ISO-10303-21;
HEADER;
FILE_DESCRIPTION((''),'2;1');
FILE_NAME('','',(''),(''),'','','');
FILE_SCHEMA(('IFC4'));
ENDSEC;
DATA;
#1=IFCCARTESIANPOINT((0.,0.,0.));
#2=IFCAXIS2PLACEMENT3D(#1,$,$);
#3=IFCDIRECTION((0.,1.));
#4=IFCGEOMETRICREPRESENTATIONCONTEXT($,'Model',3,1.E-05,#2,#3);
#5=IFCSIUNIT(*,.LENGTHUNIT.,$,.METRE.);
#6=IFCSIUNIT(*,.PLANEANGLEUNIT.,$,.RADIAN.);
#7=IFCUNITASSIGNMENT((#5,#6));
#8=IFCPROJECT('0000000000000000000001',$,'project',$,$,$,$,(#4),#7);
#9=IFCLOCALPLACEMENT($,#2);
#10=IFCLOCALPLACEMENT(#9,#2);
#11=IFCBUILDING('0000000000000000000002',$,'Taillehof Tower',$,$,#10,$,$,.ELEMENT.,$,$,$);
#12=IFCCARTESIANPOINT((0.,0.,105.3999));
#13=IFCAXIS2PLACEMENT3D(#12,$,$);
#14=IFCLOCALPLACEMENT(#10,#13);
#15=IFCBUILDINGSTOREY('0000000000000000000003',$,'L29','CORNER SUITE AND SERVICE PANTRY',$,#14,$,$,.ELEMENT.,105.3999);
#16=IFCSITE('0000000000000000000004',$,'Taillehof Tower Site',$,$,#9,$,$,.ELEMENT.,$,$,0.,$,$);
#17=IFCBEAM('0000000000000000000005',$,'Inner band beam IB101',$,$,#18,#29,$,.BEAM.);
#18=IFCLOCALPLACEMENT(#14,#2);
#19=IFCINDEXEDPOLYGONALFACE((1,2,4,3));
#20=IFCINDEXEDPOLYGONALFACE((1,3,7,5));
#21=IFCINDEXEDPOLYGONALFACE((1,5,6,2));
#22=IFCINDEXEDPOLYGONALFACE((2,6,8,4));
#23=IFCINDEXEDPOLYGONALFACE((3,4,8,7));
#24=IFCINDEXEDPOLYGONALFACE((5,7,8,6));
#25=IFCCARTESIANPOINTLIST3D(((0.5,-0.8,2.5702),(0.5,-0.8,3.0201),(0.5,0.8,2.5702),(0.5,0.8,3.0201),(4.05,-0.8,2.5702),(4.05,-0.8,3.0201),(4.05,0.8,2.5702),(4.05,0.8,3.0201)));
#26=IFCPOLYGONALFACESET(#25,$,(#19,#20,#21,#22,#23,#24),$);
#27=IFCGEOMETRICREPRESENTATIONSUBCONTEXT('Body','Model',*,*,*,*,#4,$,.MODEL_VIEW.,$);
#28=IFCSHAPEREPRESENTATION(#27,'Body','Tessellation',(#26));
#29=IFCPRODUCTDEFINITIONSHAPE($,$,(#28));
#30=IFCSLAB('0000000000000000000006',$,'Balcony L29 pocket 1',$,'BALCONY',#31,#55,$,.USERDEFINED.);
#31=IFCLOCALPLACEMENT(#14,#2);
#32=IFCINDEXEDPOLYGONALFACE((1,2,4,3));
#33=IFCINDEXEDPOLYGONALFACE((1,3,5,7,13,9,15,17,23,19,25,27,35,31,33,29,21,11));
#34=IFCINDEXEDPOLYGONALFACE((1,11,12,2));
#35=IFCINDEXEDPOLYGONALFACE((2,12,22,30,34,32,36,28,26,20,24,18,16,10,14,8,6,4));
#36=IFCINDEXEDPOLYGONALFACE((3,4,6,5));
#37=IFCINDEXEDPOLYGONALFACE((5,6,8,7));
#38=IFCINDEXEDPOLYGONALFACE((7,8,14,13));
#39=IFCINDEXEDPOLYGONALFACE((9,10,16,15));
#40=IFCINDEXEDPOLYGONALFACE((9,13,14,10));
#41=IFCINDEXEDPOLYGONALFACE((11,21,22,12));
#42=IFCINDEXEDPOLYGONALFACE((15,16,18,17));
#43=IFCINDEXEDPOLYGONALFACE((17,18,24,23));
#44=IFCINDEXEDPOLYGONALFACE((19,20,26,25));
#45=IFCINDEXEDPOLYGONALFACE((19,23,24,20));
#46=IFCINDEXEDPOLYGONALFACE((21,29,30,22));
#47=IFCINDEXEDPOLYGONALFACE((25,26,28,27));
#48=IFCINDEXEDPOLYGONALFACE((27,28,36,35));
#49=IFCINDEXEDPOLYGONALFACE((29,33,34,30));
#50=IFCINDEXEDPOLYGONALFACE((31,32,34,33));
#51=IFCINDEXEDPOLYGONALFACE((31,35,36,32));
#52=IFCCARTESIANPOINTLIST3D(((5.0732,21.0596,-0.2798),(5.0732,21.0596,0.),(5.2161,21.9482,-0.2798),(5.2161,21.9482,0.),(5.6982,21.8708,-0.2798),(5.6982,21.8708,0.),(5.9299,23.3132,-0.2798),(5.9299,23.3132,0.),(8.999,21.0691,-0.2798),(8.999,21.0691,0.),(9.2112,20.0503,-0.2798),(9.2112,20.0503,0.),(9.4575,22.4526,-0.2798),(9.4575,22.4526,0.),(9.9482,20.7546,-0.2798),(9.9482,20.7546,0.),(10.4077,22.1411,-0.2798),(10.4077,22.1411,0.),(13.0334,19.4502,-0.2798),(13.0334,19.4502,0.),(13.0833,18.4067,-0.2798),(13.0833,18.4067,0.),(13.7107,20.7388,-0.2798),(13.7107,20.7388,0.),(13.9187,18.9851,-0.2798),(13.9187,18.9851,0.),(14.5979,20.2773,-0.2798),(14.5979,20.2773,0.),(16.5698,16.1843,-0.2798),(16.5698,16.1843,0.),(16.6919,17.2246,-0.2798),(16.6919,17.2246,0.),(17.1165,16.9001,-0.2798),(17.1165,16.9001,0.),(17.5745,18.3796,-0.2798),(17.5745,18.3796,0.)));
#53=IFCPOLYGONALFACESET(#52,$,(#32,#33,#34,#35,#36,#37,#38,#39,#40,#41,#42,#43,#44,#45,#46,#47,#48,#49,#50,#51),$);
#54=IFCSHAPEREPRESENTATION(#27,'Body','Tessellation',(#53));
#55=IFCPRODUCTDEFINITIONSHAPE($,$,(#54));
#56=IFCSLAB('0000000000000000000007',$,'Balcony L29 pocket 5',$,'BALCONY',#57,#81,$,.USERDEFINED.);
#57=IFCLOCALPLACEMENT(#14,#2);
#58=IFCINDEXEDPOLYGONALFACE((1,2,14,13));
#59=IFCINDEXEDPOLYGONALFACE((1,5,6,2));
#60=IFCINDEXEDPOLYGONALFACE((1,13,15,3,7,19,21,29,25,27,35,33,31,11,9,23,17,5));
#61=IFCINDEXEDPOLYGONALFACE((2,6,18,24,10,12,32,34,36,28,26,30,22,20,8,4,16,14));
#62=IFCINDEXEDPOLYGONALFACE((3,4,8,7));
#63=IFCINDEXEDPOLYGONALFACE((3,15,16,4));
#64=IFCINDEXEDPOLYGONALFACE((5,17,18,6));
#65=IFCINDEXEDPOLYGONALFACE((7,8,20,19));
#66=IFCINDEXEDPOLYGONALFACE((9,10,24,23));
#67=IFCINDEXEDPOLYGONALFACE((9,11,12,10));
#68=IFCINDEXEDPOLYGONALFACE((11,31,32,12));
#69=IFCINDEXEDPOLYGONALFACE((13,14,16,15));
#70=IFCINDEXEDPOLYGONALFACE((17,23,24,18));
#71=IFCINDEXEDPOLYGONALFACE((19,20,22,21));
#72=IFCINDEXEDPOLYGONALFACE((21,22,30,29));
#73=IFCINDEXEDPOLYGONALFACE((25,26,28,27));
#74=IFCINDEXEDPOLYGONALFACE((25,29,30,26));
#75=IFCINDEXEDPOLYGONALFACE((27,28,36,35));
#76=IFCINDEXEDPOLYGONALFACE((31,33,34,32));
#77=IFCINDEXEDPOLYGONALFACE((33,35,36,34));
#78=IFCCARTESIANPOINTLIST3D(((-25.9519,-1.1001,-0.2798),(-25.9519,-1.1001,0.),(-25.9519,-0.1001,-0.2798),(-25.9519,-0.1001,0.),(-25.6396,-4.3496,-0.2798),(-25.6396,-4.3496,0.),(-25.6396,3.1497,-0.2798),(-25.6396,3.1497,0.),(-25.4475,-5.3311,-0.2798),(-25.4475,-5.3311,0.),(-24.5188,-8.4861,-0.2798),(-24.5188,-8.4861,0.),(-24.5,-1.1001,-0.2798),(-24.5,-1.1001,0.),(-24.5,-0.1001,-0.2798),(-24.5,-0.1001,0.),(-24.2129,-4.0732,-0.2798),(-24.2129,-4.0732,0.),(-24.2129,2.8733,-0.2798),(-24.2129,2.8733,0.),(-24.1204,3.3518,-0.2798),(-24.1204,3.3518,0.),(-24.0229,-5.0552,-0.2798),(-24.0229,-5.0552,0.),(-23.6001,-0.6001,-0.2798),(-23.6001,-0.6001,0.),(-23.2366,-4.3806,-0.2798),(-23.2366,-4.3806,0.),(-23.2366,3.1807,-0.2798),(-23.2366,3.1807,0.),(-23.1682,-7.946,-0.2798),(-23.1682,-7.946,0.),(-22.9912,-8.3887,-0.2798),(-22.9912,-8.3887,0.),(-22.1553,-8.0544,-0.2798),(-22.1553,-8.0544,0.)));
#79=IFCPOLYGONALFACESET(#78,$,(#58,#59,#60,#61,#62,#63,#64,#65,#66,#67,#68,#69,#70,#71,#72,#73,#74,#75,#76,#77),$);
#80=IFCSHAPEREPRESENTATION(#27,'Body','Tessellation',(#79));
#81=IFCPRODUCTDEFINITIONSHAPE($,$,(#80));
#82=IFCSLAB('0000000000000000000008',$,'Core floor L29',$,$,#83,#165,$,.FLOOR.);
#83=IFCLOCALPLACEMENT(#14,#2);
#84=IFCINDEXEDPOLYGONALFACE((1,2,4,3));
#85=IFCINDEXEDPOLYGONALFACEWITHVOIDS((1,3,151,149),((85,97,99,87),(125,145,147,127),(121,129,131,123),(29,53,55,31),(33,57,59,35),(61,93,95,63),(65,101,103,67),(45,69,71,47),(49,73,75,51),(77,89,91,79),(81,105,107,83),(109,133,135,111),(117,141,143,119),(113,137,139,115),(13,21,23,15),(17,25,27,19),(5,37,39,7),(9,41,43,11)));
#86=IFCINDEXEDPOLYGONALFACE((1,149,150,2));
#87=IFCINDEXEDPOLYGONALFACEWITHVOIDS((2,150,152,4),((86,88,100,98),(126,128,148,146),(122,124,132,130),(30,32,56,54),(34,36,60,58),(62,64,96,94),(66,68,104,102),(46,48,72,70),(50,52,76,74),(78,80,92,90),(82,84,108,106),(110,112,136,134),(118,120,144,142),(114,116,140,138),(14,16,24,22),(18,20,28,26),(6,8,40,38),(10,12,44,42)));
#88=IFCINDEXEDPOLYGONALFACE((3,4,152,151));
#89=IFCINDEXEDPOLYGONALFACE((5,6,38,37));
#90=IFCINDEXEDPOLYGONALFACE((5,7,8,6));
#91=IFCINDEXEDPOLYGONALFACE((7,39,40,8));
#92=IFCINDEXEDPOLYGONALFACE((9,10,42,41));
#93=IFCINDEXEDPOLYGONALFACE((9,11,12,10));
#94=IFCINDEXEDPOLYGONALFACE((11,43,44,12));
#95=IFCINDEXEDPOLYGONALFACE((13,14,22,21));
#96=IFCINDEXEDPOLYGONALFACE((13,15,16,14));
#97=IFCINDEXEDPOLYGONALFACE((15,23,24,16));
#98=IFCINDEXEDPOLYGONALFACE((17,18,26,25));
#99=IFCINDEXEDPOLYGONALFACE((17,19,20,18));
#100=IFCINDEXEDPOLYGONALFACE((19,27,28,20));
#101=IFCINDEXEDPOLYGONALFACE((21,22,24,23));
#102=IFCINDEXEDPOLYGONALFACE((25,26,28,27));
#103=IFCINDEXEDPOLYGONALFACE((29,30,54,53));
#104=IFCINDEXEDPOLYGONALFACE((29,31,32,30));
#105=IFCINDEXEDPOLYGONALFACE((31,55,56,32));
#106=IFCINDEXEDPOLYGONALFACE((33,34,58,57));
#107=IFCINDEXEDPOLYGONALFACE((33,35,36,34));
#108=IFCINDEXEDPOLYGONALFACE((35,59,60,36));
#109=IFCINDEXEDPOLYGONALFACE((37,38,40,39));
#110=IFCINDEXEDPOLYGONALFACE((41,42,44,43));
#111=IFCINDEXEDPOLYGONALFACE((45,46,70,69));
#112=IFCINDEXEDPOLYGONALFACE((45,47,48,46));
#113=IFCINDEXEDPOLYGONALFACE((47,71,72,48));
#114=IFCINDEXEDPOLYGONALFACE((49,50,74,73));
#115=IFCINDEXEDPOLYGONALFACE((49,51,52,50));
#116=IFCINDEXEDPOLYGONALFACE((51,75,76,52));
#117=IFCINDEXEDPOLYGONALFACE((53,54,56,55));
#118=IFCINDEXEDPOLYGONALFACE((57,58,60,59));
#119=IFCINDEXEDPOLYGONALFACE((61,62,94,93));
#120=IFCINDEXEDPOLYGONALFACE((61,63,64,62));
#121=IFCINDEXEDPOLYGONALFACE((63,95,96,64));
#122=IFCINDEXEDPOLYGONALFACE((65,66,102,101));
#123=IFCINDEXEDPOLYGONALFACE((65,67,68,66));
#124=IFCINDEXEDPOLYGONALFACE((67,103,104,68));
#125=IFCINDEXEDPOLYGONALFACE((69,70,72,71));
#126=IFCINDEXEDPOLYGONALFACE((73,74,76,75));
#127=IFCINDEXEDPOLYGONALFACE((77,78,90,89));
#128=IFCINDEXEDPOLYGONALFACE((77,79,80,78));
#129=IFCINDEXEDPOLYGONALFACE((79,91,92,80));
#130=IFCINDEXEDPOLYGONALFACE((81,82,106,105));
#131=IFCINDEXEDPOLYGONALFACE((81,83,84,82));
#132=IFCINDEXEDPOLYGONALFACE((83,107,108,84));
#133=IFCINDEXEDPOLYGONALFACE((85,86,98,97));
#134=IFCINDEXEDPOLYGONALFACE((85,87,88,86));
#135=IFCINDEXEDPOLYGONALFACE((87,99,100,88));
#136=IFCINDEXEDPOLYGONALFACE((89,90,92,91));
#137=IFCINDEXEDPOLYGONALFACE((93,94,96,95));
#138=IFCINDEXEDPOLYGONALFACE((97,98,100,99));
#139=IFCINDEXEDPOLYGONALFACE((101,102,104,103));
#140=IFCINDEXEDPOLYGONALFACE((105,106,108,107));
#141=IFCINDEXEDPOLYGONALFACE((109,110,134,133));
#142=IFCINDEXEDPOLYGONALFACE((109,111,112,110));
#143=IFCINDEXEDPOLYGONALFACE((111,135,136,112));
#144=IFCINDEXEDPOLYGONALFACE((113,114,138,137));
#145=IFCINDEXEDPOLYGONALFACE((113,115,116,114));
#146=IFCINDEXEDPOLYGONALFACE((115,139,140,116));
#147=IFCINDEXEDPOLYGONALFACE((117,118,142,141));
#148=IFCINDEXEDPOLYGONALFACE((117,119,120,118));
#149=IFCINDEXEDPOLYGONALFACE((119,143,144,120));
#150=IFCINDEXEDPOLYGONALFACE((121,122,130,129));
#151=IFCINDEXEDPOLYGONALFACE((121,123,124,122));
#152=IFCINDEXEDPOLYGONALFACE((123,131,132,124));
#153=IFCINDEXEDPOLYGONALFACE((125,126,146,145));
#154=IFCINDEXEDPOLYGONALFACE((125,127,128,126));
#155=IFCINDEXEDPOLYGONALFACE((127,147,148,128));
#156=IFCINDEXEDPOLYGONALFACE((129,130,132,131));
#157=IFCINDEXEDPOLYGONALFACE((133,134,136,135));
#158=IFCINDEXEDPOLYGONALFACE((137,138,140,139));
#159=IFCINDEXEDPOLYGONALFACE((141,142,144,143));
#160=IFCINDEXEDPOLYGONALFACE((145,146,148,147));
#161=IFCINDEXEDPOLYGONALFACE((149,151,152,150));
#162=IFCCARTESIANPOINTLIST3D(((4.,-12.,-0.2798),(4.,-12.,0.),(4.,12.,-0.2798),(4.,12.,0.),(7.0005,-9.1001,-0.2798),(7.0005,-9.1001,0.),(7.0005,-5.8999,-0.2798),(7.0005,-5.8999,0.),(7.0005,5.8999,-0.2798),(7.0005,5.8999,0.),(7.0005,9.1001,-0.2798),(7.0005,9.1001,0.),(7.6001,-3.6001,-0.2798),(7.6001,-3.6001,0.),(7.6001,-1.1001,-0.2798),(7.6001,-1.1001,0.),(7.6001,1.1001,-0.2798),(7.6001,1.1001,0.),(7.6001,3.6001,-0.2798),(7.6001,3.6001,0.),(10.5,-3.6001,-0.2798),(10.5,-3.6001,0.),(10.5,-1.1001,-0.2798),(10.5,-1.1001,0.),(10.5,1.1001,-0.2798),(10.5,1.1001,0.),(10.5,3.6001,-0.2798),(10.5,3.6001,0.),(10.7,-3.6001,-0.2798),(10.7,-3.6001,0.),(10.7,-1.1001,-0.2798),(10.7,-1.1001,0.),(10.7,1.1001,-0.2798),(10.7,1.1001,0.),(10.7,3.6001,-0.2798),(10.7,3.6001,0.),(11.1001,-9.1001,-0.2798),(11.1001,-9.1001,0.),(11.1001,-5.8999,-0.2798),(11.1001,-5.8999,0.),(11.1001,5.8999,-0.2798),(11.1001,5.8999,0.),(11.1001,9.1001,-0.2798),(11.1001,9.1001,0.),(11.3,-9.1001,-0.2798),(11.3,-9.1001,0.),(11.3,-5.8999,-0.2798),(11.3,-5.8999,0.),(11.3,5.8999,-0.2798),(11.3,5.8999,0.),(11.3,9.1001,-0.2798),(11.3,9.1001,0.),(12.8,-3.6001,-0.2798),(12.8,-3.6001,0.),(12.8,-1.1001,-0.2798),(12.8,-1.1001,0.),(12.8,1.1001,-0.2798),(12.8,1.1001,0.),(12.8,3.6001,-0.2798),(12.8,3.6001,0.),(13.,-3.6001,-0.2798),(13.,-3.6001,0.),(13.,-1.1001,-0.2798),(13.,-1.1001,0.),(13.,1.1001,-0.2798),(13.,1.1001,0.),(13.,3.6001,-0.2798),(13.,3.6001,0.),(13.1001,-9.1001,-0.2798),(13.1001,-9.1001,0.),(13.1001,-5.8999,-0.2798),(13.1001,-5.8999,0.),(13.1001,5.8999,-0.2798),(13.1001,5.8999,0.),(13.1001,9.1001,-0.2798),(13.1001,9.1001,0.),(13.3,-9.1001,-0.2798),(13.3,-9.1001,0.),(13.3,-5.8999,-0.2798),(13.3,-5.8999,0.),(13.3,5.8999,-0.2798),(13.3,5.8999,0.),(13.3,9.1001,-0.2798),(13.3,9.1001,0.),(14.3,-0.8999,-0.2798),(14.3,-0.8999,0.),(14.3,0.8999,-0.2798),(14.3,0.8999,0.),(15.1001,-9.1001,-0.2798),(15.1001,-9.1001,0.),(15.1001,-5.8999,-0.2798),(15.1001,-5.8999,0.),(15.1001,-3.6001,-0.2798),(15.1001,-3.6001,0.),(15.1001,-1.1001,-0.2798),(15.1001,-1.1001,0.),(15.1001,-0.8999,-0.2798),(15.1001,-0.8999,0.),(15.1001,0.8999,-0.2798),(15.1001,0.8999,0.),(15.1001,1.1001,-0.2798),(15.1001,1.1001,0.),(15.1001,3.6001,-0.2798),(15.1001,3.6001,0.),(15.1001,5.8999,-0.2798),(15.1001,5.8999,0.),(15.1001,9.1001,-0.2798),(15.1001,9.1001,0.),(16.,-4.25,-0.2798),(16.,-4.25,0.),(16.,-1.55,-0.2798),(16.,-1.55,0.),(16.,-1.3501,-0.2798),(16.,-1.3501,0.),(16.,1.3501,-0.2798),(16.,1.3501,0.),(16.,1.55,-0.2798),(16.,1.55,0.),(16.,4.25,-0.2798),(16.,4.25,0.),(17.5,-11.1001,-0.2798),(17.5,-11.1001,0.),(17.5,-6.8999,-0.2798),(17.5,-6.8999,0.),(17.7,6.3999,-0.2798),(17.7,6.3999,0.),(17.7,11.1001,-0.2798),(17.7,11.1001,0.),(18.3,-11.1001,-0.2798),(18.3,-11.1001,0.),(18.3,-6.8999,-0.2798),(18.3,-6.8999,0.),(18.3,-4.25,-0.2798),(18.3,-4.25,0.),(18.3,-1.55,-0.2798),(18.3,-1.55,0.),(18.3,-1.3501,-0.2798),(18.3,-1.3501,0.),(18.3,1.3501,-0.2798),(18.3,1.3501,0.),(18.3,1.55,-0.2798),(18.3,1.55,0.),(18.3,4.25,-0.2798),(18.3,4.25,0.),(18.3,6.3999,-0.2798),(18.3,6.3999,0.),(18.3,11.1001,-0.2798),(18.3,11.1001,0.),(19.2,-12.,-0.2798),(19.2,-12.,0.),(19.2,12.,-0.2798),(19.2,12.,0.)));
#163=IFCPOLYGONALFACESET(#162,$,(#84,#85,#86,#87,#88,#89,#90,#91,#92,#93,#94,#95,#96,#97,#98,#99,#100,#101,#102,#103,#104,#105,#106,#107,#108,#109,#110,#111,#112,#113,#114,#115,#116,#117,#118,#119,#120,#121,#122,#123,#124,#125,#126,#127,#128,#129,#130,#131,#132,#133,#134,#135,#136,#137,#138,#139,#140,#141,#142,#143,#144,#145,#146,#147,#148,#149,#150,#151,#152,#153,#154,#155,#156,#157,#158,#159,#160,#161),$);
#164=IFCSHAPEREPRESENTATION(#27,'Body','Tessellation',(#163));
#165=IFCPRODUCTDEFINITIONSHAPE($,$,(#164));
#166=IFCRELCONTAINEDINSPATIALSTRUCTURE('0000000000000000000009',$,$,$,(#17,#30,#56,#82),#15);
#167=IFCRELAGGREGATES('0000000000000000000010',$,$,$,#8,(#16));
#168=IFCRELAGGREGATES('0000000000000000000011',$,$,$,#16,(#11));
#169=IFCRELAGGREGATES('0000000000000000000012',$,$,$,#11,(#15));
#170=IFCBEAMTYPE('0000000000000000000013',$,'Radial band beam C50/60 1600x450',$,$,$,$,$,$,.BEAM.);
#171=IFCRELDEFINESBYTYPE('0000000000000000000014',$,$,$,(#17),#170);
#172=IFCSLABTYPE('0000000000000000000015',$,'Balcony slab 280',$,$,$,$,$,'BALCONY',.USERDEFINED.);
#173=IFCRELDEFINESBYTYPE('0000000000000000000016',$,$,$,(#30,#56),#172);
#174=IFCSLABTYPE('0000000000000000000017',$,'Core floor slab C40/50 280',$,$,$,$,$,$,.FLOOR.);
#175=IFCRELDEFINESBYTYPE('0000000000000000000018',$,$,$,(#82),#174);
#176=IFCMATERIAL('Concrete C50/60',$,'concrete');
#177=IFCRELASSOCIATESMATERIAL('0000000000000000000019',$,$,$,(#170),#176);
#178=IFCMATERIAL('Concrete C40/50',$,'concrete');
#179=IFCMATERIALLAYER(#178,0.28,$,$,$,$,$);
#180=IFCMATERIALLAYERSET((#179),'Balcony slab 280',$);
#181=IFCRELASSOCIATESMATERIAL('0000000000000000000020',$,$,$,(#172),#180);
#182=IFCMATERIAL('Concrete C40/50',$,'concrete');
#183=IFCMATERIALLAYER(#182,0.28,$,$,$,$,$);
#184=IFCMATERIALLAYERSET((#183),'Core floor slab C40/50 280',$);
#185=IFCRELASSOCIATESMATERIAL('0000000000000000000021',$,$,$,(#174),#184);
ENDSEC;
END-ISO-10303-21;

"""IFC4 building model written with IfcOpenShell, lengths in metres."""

from ifc_helpers import new_model, si_unit, direction, frame, origin, origin_2d, place, context, subcontext, project, spatial, polyline, rectangle, outline, extrude, material, layer, layer_set, material_profile, profile_set, type_object, element, save


model = new_model("IFC4")

# Units and contexts
model_context = context("Model", 3, precision=1e-05, world=origin(), true_north=direction((0.0, 1.0)))
body_context = subcontext(model_context, "Body", "Model", "MODEL_VIEW")
ifc_project = project(units=[si_unit("LENGTHUNIT", "METRE"), si_unit("PLANEANGLEUNIT", "RADIAN")], contexts=[model_context])

# Site, building, storey
site_placement = place(None, origin())
site = spatial("IfcSite", under=ifc_project, at=site_placement, Name="Taillehof Tower Site", CompositionType="ELEMENT", RefElevation=0.0)
building_placement = place(site_placement, origin())
building = spatial("IfcBuilding", under=site, at=building_placement, Name="Taillehof Tower", CompositionType="ELEMENT")
storey_placement = place(building_placement, frame((0.0, 0.0, 105.3999)))
storey = spatial("IfcBuildingStorey", under=building, at=storey_placement, Name="L29", Description="CORNER SUITE AND SERVICE PANTRY", CompositionType="ELEMENT", Elevation=105.3999)

# Beam
ifc_material_1 = material(Name="Concrete C50/60", Category="concrete")
ifc_material_profile = material_profile(ifc_material_1, rectangle(XDim=1.6001, YDim=0.45, at=origin_2d()), Name="RC 1600x450")
ifc_profile_set = profile_set([ifc_material_profile], Name="Concrete C50/60")
beam_type = type_object("IfcBeamType", Name="Radial band beam C50/60 1600x450", PredefinedType="BEAM", material=ifc_profile_set)
beam_placement = place(storey_placement, frame((0.5, 0.0, 2.7952), z_axis=(1.0, 0.0, 0.0), x_axis=(0.0, 1.0, 0.0)))
element("IfcBeam", 1, at=beam_placement, inside=storey, type_object=beam_type, Name="Inner band beam IB101", PredefinedType="BEAM", context=body_context, shape_type="SweptSolid", body=[
    extrude(rectangle(XDim=1.6001, YDim=0.45, at=origin_2d()), origin(), (0.0, 0.0, 1.0), 3.55),
])

# Slabs
ifc_material_2 = material(Name="Concrete C40/50", Category="concrete")
ifc_layer_1 = layer(ifc_material_2, 0.28)
ifc_layer_set_1 = layer_set([ifc_layer_1], Name="Balcony slab 280")
slab_type_1 = type_object("IfcSlabType", Name="Balcony slab 280", ElementType="BALCONY", PredefinedType="USERDEFINED", material=ifc_layer_set_1)
slab_1_placement = place(storey_placement, frame((0.0, 0.0, -0.2798)))
element("IfcSlab", 2, at=slab_1_placement, inside=storey, type_object=slab_type_1, Name="Balcony L29 pocket 1", ObjectType="BALCONY", PredefinedType="USERDEFINED", context=body_context, shape_type="SweptSolid", body=[
    extrude(outline(polyline([(5.0732, 21.0596), (5.2161, 21.9482), (5.6982, 21.8708), (5.9299, 23.3132), (9.4575, 22.4526), (8.999, 21.0691), (9.9482, 20.7546), (10.4077, 22.1411), (13.7107, 20.7388), (13.0334, 19.4502), (13.9187, 18.9851), (14.5979, 20.2773), (17.5745, 18.3796), (16.6919, 17.2246), (17.1165, 16.9001), (16.5698, 16.1843), (13.0833, 18.4067), (9.2112, 20.0503), (5.0732, 21.0596)])), origin(), (0.0, 0.0, 1.0), 0.2798),
])
slab_2_placement = place(storey_placement, frame((0.0, 0.0, -0.2798)))
element("IfcSlab", 3, at=slab_2_placement, inside=storey, type_object=slab_type_1, Name="Balcony L29 pocket 5", ObjectType="BALCONY", PredefinedType="USERDEFINED", context=body_context, shape_type="SweptSolid", body=[
    extrude(outline(polyline([(-22.1553, -8.0544), (-22.9912, -8.3887), (-23.1682, -7.946), (-24.5188, -8.4861), (-25.4475, -5.3311), (-24.0229, -5.0552), (-24.2129, -4.0732), (-25.6396, -4.3496), (-25.9519, -1.1001), (-24.5, -1.1001), (-24.5, -0.1001), (-25.9519, -0.1001), (-25.6396, 3.1497), (-24.2129, 2.8733), (-24.1204, 3.3518), (-23.2366, 3.1807), (-23.6001, -0.6001), (-23.2366, -4.3806), (-22.1553, -8.0544)])), origin(), (0.0, 0.0, 1.0), 0.2798),
])
ifc_material_3 = material(Name="Concrete C40/50", Category="concrete")
ifc_layer_2 = layer(ifc_material_3, 0.28)
ifc_layer_set_2 = layer_set([ifc_layer_2], Name="Core floor slab C40/50 280")
slab_type_2 = type_object("IfcSlabType", Name="Core floor slab C40/50 280", PredefinedType="FLOOR", material=ifc_layer_set_2)
slab_3_placement = place(storey_placement, frame((0.0, 0.0, -0.2798)))
element("IfcSlab", 4, at=slab_3_placement, inside=storey, type_object=slab_type_2, Name="Core floor L29", PredefinedType="FLOOR", context=body_context, shape_type="SweptSolid", body=[
    extrude(outline(polyline([(4.0, -12.0), (4.0, 12.0), (19.2, 12.0), (19.2, -12.0), (4.0, -12.0)]), holes=[polyline([(7.0005, -9.1001), (11.1001, -9.1001), (11.1001, -5.8999), (7.0005, -5.8999), (7.0005, -9.1001)]), polyline([(13.1001, -9.1001), (13.1001, -5.8999), (11.3, -5.8999), (11.3, -9.1001), (13.1001, -9.1001)]), polyline([(10.5, -3.6001), (10.5, -1.1001), (7.6001, -1.1001), (7.6001, -3.6001), (10.5, -3.6001)]), polyline([(12.8, -3.6001), (12.8, -1.1001), (10.7, -1.1001), (10.7, -3.6001), (12.8, -3.6001)]), polyline([(10.5, 1.1001), (10.5, 3.6001), (7.6001, 3.6001), (7.6001, 1.1001), (10.5, 1.1001)]), polyline([(12.8, 1.1001), (12.8, 3.6001), (10.7, 3.6001), (10.7, 1.1001), (12.8, 1.1001)]), polyline([(15.1001, 1.1001), (15.1001, 3.6001), (13.0, 3.6001), (13.0, 1.1001), (15.1001, 1.1001)]), polyline([(11.3, 5.8999), (13.1001, 5.8999), (13.1001, 9.1001), (11.3, 9.1001), (11.3, 5.8999)]), polyline([(7.0005, 5.8999), (11.1001, 5.8999), (11.1001, 9.1001), (7.0005, 9.1001), (7.0005, 5.8999)]), polyline([(18.3, -11.1001), (18.3, -6.8999), (17.5, -6.8999), (17.5, -11.1001), (18.3, -11.1001)]), polyline([(15.1001, -9.1001), (15.1001, -5.8999), (13.3, -5.8999), (13.3, -9.1001), (15.1001, -9.1001)]), polyline([(18.3, -4.25), (18.3, -1.55), (16.0, -1.55), (16.0, -4.25), (18.3, -4.25)]), polyline([(15.1001, -3.6001), (15.1001, -1.1001), (13.0, -1.1001), (13.0, -3.6001), (15.1001, -3.6001)]), polyline([(15.1001, -0.8999), (15.1001, 0.8999), (14.3, 0.8999), (14.3, -0.8999), (15.1001, -0.8999)]), polyline([(18.3, -1.3501), (18.3, 1.3501), (16.0, 1.3501), (16.0, -1.3501), (18.3, -1.3501)]), polyline([(18.3, 1.55), (18.3, 4.25), (16.0, 4.25), (16.0, 1.55), (18.3, 1.55)]), polyline([(13.3, 5.8999), (15.1001, 5.8999), (15.1001, 9.1001), (13.3, 9.1001), (13.3, 5.8999)]), polyline([(17.7, 6.3999), (18.3, 6.3999), (18.3, 11.1001), (17.7, 11.1001), (17.7, 6.3999)])]), origin(), (0.0, 0.0, 1.0), 0.2798),
])

save(model, "model.ifc")
